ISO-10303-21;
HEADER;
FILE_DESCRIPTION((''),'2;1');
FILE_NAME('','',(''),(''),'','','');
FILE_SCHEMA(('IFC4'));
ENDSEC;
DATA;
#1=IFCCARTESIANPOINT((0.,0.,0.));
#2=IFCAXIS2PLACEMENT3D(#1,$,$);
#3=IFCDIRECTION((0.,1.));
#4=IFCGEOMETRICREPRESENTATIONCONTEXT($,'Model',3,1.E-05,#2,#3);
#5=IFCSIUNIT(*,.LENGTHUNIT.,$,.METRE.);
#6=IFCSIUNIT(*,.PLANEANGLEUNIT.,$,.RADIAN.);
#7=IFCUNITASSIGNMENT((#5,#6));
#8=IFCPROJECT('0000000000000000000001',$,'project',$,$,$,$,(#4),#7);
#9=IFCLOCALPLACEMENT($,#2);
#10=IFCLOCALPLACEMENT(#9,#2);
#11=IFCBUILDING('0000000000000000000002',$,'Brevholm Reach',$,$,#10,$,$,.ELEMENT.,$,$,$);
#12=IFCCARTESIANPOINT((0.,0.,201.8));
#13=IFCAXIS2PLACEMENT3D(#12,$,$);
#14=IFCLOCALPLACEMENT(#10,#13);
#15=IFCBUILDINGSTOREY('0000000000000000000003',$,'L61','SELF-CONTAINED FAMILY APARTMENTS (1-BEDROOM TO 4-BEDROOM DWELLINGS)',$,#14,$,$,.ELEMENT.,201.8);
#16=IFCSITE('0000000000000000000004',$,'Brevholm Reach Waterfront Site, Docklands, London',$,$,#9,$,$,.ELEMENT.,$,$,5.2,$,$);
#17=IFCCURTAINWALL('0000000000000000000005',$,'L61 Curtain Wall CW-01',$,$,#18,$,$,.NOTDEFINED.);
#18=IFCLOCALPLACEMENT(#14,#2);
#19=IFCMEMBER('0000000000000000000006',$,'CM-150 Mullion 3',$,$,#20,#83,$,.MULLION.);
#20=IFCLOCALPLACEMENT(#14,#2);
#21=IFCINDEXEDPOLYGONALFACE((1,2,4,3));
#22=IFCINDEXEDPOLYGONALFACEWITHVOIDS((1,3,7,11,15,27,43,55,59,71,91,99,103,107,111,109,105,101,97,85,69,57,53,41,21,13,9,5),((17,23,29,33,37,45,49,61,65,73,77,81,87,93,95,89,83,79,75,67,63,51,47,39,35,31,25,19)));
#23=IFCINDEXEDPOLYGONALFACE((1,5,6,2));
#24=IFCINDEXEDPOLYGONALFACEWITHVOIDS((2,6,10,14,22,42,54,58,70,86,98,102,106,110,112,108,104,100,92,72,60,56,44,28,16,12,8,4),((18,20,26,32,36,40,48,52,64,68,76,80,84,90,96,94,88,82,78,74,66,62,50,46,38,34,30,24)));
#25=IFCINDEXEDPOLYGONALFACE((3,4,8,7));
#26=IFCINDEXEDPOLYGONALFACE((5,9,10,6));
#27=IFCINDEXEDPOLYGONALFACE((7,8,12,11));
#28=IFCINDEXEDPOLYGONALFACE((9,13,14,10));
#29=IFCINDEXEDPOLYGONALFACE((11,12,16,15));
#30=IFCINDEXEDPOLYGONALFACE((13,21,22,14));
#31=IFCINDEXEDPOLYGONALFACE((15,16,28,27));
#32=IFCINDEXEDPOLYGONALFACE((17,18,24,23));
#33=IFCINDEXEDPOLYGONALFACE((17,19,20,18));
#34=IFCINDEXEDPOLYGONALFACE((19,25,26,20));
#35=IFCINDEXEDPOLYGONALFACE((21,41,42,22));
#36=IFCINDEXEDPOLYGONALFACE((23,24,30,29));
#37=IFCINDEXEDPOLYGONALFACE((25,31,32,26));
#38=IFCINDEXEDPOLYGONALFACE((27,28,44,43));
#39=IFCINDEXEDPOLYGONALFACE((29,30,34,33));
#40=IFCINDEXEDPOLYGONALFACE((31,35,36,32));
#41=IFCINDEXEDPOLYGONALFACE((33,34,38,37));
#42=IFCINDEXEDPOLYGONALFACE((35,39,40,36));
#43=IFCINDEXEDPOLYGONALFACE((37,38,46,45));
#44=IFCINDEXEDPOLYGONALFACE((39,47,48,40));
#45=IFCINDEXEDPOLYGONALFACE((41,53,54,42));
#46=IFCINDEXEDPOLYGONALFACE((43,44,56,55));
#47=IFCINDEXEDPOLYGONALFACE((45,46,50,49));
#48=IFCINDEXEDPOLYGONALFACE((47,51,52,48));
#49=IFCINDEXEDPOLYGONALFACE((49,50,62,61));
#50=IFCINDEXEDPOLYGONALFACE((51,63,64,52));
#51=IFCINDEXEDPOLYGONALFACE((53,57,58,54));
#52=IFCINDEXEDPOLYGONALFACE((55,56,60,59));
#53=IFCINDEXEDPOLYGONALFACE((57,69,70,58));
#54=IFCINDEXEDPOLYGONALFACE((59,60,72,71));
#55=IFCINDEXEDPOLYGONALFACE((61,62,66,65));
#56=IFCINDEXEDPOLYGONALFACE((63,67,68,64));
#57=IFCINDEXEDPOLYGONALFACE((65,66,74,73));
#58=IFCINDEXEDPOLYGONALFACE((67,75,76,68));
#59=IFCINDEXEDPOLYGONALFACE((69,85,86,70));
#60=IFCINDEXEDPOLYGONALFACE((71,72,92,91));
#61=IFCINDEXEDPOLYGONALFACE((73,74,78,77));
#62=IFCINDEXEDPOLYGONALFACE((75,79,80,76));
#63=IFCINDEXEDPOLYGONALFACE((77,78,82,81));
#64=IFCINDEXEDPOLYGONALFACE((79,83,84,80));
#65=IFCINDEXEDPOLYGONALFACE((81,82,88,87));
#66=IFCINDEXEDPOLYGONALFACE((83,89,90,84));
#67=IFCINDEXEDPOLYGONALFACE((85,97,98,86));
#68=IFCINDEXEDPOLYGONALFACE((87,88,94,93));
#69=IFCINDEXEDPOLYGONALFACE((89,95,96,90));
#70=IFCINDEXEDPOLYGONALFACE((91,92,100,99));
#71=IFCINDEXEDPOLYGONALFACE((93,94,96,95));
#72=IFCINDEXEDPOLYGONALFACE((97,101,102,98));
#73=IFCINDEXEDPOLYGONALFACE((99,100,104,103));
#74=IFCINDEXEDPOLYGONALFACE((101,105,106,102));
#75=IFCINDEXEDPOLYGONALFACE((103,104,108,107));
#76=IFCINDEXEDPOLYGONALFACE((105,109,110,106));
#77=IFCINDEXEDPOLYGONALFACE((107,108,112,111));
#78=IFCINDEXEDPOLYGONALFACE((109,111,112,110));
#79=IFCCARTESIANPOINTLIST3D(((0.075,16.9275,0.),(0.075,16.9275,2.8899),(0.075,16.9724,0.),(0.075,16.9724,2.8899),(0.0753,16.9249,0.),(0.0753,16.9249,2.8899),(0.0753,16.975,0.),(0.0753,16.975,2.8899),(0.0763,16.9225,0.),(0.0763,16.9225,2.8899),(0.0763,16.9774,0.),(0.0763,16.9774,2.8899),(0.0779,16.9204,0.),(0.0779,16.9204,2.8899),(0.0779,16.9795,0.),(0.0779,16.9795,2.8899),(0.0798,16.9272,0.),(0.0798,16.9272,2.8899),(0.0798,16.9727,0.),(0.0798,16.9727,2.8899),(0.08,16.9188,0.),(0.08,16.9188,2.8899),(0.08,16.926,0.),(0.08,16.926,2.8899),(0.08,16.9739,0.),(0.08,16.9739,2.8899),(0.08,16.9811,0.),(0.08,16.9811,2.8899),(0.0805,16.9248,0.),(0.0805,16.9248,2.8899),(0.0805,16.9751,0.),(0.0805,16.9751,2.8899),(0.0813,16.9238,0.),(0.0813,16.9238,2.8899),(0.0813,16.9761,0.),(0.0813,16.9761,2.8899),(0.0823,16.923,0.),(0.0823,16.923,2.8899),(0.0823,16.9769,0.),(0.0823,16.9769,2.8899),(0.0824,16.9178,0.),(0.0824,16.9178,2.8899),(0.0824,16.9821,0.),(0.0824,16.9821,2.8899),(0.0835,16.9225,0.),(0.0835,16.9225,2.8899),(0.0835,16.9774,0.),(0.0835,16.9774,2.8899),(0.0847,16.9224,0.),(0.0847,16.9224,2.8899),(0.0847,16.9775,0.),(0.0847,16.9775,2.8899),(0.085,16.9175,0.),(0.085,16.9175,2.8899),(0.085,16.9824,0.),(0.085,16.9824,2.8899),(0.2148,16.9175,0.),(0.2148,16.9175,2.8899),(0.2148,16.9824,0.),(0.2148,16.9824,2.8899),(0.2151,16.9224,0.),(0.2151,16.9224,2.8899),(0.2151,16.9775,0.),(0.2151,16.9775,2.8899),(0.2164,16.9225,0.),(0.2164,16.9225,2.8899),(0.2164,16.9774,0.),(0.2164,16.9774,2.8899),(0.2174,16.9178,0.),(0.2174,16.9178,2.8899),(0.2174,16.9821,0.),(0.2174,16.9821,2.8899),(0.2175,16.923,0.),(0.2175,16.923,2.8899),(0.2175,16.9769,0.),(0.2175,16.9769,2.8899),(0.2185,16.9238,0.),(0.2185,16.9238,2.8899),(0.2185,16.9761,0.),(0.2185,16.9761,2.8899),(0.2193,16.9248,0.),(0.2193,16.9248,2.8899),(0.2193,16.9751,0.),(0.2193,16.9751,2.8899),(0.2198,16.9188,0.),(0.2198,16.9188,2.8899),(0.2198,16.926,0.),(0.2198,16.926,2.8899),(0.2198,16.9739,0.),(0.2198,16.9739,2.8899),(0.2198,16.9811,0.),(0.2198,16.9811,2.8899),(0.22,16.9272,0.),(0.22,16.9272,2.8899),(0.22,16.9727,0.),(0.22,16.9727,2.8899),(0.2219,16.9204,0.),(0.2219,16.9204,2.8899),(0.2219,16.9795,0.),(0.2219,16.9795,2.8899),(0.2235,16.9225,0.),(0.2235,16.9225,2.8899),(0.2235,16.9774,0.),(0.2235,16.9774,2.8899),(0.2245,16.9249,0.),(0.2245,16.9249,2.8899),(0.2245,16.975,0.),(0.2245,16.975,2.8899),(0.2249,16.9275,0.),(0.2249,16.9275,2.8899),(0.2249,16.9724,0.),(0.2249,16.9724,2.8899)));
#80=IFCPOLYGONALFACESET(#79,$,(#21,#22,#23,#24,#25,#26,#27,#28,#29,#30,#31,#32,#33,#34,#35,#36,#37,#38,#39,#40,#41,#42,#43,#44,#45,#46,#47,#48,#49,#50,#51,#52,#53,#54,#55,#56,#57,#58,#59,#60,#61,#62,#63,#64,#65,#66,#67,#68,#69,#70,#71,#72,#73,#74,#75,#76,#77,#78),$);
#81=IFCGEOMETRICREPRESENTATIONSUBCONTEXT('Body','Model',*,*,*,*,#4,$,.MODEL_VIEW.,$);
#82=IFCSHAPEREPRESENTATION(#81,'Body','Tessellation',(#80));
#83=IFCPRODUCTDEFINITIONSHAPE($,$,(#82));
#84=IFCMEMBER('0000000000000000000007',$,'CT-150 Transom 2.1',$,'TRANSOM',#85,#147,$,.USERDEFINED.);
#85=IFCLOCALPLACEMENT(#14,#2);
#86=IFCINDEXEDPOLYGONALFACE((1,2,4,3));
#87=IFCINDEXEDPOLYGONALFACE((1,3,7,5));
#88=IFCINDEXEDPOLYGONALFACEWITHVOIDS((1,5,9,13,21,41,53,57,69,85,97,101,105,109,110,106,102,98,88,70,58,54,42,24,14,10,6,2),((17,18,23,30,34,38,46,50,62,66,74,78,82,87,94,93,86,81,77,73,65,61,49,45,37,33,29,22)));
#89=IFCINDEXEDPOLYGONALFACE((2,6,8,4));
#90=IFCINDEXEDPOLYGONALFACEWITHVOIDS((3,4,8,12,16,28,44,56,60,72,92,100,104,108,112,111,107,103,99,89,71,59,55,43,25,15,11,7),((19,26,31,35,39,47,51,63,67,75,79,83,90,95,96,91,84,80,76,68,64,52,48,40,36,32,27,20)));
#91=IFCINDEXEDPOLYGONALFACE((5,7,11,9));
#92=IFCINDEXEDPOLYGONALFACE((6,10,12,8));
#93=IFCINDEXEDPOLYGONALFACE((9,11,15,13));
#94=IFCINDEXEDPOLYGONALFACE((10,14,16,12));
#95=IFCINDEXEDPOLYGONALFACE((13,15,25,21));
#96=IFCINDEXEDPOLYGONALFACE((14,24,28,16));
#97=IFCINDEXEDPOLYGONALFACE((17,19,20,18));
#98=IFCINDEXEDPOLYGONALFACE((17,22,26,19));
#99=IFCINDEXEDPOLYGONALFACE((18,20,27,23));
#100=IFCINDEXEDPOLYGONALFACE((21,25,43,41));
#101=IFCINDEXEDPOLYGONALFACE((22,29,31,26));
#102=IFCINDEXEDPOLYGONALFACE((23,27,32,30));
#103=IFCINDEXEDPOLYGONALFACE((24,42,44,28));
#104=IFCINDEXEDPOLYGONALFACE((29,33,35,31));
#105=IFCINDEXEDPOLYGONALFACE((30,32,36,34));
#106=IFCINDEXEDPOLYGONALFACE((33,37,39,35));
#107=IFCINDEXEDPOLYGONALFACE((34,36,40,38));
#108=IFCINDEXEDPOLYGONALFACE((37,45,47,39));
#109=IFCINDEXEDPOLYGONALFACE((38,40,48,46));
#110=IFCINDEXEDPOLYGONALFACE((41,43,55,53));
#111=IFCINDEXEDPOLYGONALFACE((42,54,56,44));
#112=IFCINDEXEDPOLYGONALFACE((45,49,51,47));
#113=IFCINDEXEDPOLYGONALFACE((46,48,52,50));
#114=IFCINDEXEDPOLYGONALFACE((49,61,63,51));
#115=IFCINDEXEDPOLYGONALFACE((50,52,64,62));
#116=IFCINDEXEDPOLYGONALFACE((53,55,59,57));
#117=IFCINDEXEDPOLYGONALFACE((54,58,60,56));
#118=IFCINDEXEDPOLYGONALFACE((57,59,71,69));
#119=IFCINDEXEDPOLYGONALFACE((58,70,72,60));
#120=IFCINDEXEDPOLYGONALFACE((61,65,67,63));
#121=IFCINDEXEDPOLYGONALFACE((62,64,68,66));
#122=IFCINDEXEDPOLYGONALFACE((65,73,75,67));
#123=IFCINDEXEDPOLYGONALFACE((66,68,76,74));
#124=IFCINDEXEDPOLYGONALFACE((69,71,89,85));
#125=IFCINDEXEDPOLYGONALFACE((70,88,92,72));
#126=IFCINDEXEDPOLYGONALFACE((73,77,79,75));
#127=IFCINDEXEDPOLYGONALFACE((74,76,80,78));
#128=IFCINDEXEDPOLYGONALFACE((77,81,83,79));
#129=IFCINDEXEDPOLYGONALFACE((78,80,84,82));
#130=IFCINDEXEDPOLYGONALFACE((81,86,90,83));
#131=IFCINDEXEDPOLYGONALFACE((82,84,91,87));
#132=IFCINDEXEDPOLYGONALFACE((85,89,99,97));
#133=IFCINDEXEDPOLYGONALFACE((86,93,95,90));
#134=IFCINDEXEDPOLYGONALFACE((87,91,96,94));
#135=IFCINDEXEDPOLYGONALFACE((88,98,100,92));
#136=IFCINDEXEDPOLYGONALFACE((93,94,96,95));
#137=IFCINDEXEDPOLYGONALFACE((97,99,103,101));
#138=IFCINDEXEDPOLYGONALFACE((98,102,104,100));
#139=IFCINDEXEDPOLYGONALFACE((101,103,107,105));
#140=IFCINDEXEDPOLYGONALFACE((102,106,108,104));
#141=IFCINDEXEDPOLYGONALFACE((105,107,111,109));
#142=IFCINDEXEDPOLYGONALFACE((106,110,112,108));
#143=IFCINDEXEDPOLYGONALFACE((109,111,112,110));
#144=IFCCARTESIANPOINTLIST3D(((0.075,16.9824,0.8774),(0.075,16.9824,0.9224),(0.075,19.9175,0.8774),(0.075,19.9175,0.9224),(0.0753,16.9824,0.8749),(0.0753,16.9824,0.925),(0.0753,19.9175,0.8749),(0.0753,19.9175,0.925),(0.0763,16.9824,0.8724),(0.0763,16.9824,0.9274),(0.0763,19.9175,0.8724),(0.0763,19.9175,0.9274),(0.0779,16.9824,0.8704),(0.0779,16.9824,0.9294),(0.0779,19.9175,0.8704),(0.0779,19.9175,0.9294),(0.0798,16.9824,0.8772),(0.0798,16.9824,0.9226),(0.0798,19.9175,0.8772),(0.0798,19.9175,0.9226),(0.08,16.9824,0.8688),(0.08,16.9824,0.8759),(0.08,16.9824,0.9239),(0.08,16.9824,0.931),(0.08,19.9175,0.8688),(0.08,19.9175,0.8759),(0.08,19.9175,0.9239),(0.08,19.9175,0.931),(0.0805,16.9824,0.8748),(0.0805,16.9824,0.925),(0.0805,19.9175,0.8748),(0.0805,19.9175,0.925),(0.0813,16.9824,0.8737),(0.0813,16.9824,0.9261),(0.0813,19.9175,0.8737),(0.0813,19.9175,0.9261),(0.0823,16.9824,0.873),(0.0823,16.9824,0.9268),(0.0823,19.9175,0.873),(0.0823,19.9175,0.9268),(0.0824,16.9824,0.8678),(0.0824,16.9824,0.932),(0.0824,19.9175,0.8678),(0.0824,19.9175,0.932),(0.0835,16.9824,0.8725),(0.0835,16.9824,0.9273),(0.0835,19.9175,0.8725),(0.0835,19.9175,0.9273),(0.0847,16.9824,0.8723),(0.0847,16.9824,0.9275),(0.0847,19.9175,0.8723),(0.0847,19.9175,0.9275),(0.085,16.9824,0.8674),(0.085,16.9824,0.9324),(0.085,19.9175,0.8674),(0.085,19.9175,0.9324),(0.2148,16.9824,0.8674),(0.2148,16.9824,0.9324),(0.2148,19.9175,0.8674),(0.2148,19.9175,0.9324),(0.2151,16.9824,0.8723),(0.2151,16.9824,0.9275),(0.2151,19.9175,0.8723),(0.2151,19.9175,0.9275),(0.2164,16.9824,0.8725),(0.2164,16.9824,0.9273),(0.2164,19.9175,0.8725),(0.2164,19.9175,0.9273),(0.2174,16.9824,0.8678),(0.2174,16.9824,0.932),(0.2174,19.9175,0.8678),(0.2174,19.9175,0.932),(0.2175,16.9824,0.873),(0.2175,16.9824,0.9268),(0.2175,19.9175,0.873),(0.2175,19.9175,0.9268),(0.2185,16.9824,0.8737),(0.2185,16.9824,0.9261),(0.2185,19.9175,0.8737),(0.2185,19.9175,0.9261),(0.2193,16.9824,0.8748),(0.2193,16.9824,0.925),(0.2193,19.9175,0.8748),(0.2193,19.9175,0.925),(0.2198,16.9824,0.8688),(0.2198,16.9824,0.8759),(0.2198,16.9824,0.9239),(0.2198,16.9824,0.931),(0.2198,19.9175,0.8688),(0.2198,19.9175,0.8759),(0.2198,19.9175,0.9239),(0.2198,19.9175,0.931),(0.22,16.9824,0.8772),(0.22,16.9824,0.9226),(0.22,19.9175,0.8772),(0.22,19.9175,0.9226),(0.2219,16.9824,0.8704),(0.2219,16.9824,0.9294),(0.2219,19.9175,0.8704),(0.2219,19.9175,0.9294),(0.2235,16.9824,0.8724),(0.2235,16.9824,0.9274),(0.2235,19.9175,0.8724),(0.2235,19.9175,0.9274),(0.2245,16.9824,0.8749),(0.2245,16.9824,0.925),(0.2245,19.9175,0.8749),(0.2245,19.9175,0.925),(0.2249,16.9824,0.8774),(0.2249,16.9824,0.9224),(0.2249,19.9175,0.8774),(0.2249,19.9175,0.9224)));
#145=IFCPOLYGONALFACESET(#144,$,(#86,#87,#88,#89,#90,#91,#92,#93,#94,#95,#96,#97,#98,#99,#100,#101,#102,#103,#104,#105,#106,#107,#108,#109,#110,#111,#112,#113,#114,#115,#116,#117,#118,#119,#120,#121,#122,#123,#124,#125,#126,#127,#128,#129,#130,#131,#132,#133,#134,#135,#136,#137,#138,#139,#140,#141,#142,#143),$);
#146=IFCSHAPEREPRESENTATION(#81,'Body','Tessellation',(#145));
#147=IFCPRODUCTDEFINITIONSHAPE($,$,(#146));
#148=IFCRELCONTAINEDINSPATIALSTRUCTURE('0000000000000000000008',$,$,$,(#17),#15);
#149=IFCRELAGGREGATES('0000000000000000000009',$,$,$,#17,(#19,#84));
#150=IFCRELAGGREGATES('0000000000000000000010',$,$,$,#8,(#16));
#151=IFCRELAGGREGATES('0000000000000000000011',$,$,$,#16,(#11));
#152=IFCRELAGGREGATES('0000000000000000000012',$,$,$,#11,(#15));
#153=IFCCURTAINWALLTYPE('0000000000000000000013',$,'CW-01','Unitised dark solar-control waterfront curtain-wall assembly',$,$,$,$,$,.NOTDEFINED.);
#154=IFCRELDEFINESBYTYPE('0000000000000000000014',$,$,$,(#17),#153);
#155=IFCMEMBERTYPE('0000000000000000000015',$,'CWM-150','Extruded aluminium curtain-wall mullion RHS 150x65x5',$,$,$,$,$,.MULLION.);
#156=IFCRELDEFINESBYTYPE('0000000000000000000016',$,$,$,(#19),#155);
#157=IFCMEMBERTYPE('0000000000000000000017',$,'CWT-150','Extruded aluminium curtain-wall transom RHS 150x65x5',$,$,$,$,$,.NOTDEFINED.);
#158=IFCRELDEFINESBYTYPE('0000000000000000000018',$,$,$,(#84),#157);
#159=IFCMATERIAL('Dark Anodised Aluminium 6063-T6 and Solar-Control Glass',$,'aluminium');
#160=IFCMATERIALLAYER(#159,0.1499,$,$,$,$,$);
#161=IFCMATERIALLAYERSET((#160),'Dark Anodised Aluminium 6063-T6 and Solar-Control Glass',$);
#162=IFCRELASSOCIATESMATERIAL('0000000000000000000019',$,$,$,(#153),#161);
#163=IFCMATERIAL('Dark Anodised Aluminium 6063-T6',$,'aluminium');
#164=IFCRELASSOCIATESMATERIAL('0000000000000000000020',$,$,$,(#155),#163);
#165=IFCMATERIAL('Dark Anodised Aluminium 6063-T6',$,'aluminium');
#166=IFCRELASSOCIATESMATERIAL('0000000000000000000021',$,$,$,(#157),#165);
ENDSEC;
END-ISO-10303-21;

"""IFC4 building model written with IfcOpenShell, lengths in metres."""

from ifc_helpers import new_model, si_unit, direction, frame, origin, origin_2d, place, context, subcontext, project, spatial, hollow_rectangle, extrude, material, layer, layer_set, material_profile, profile_set, type_object, element, aggregate, save


model = new_model("IFC4")

# Units and contexts
model_context = context("Model", 3, precision=1e-05, world=origin(), true_north=direction((0.0, 1.0)))
body_context = subcontext(model_context, "Body", "Model", "MODEL_VIEW")
ifc_project = project(units=[si_unit("LENGTHUNIT", "METRE"), si_unit("PLANEANGLEUNIT", "RADIAN")], contexts=[model_context])

# Site, building, storey
site_placement = place(None, origin())
site = spatial("IfcSite", under=ifc_project, at=site_placement, Name="Brevholm Reach Waterfront Site, Docklands, London", CompositionType="ELEMENT", RefElevation=5.2)
building_placement = place(site_placement, origin())
building = spatial("IfcBuilding", under=site, at=building_placement, Name="Brevholm Reach", CompositionType="ELEMENT")
storey_placement = place(building_placement, frame((0.0, 0.0, 201.8)))
storey = spatial("IfcBuildingStorey", under=building, at=storey_placement, Name="L61", Description="SELF-CONTAINED FAMILY APARTMENTS (1-BEDROOM TO 4-BEDROOM DWELLINGS)", CompositionType="ELEMENT", Elevation=201.8)

# Curtain wall, members
ifc_material_1 = material(Name="Dark Anodised Aluminium 6063-T6 and Solar-Control Glass", Category="aluminium")
ifc_layer_1 = layer(ifc_material_1, 0.1499)
ifc_layer_set_1 = layer_set([ifc_layer_1], Name="Dark Anodised Aluminium 6063-T6 and Solar-Control Glass")
curtain_wall_type = type_object("IfcCurtainWallType", Name="CW-01", Description="Unitised dark solar-control waterfront curtain-wall assembly", PredefinedType="NOTDEFINED", material=ifc_layer_set_1)
curtain_wall_placement = place(storey_placement, origin())
curtain_wall = element("IfcCurtainWall", 1, at=curtain_wall_placement, inside=storey, type_object=curtain_wall_type, Name="L61 Curtain Wall CW-01", PredefinedType="NOTDEFINED")
ifc_material_2 = material(Name="Dark Anodised Aluminium 6063-T6", Category="aluminium")
ifc_material_profile_1 = material_profile(ifc_material_2, hollow_rectangle(XDim=0.0649, YDim=0.1499, WallThickness=0.0049, InnerFilletRadius=0.0049, OuterFilletRadius=0.01, at=origin_2d()), Name="RHS 150x65x5")
ifc_profile_set_1 = profile_set([ifc_material_profile_1], Name="Dark Anodised Aluminium 6063-T6")
member_type_1 = type_object("IfcMemberType", Name="CWM-150", Description="Extruded aluminium curtain-wall mullion RHS 150x65x5", PredefinedType="MULLION", material=ifc_profile_set_1)
member_1_placement = place(storey_placement, frame((0.1499, 16.95, 0.0), z_axis=(0.0, 0.0, 1.0), x_axis=(0.0, -1.0, 0.0)))
member_1 = element("IfcMember", 2, at=member_1_placement, type_object=member_type_1, Name="CM-150 Mullion 3", PredefinedType="MULLION", context=body_context, shape_type="SweptSolid", body=[
    extrude(hollow_rectangle(XDim=0.0649, YDim=0.1499, WallThickness=0.0049, InnerFilletRadius=0.0049, OuterFilletRadius=0.01, at=origin_2d()), origin(), (0.0, 0.0, 1.0), 2.8899),
])
ifc_material_3 = material(Name="Dark Anodised Aluminium 6063-T6", Category="aluminium")
ifc_material_profile_2 = material_profile(ifc_material_3, hollow_rectangle(XDim=0.0649, YDim=0.1499, WallThickness=0.0049, InnerFilletRadius=0.0049, OuterFilletRadius=0.01, at=origin_2d()), Name="RHS 150x65x5")
ifc_profile_set_2 = profile_set([ifc_material_profile_2], Name="Dark Anodised Aluminium 6063-T6")
member_type_2 = type_object("IfcMemberType", Name="CWT-150", Description="Extruded aluminium curtain-wall transom RHS 150x65x5", PredefinedType="NOTDEFINED", material=ifc_profile_set_2)
member_2_placement = place(storey_placement, frame((0.1499, 19.9175, 0.8999), z_axis=(0.0, -1.0, 0.0), x_axis=(0.0, 0.0, 1.0)))
member_2 = element("IfcMember", 3, at=member_2_placement, type_object=member_type_2, Name="CT-150 Transom 2.1", ObjectType="TRANSOM", PredefinedType="USERDEFINED", context=body_context, shape_type="SweptSolid", body=[
    extrude(hollow_rectangle(XDim=0.0649, YDim=0.1499, WallThickness=0.0049, InnerFilletRadius=0.0049, OuterFilletRadius=0.01, at=origin_2d()), origin(), (0.0, 0.0, 1.0), 2.9351),
])
aggregate(curtain_wall, [member_1, member_2])

save(model, "model.ifc")
